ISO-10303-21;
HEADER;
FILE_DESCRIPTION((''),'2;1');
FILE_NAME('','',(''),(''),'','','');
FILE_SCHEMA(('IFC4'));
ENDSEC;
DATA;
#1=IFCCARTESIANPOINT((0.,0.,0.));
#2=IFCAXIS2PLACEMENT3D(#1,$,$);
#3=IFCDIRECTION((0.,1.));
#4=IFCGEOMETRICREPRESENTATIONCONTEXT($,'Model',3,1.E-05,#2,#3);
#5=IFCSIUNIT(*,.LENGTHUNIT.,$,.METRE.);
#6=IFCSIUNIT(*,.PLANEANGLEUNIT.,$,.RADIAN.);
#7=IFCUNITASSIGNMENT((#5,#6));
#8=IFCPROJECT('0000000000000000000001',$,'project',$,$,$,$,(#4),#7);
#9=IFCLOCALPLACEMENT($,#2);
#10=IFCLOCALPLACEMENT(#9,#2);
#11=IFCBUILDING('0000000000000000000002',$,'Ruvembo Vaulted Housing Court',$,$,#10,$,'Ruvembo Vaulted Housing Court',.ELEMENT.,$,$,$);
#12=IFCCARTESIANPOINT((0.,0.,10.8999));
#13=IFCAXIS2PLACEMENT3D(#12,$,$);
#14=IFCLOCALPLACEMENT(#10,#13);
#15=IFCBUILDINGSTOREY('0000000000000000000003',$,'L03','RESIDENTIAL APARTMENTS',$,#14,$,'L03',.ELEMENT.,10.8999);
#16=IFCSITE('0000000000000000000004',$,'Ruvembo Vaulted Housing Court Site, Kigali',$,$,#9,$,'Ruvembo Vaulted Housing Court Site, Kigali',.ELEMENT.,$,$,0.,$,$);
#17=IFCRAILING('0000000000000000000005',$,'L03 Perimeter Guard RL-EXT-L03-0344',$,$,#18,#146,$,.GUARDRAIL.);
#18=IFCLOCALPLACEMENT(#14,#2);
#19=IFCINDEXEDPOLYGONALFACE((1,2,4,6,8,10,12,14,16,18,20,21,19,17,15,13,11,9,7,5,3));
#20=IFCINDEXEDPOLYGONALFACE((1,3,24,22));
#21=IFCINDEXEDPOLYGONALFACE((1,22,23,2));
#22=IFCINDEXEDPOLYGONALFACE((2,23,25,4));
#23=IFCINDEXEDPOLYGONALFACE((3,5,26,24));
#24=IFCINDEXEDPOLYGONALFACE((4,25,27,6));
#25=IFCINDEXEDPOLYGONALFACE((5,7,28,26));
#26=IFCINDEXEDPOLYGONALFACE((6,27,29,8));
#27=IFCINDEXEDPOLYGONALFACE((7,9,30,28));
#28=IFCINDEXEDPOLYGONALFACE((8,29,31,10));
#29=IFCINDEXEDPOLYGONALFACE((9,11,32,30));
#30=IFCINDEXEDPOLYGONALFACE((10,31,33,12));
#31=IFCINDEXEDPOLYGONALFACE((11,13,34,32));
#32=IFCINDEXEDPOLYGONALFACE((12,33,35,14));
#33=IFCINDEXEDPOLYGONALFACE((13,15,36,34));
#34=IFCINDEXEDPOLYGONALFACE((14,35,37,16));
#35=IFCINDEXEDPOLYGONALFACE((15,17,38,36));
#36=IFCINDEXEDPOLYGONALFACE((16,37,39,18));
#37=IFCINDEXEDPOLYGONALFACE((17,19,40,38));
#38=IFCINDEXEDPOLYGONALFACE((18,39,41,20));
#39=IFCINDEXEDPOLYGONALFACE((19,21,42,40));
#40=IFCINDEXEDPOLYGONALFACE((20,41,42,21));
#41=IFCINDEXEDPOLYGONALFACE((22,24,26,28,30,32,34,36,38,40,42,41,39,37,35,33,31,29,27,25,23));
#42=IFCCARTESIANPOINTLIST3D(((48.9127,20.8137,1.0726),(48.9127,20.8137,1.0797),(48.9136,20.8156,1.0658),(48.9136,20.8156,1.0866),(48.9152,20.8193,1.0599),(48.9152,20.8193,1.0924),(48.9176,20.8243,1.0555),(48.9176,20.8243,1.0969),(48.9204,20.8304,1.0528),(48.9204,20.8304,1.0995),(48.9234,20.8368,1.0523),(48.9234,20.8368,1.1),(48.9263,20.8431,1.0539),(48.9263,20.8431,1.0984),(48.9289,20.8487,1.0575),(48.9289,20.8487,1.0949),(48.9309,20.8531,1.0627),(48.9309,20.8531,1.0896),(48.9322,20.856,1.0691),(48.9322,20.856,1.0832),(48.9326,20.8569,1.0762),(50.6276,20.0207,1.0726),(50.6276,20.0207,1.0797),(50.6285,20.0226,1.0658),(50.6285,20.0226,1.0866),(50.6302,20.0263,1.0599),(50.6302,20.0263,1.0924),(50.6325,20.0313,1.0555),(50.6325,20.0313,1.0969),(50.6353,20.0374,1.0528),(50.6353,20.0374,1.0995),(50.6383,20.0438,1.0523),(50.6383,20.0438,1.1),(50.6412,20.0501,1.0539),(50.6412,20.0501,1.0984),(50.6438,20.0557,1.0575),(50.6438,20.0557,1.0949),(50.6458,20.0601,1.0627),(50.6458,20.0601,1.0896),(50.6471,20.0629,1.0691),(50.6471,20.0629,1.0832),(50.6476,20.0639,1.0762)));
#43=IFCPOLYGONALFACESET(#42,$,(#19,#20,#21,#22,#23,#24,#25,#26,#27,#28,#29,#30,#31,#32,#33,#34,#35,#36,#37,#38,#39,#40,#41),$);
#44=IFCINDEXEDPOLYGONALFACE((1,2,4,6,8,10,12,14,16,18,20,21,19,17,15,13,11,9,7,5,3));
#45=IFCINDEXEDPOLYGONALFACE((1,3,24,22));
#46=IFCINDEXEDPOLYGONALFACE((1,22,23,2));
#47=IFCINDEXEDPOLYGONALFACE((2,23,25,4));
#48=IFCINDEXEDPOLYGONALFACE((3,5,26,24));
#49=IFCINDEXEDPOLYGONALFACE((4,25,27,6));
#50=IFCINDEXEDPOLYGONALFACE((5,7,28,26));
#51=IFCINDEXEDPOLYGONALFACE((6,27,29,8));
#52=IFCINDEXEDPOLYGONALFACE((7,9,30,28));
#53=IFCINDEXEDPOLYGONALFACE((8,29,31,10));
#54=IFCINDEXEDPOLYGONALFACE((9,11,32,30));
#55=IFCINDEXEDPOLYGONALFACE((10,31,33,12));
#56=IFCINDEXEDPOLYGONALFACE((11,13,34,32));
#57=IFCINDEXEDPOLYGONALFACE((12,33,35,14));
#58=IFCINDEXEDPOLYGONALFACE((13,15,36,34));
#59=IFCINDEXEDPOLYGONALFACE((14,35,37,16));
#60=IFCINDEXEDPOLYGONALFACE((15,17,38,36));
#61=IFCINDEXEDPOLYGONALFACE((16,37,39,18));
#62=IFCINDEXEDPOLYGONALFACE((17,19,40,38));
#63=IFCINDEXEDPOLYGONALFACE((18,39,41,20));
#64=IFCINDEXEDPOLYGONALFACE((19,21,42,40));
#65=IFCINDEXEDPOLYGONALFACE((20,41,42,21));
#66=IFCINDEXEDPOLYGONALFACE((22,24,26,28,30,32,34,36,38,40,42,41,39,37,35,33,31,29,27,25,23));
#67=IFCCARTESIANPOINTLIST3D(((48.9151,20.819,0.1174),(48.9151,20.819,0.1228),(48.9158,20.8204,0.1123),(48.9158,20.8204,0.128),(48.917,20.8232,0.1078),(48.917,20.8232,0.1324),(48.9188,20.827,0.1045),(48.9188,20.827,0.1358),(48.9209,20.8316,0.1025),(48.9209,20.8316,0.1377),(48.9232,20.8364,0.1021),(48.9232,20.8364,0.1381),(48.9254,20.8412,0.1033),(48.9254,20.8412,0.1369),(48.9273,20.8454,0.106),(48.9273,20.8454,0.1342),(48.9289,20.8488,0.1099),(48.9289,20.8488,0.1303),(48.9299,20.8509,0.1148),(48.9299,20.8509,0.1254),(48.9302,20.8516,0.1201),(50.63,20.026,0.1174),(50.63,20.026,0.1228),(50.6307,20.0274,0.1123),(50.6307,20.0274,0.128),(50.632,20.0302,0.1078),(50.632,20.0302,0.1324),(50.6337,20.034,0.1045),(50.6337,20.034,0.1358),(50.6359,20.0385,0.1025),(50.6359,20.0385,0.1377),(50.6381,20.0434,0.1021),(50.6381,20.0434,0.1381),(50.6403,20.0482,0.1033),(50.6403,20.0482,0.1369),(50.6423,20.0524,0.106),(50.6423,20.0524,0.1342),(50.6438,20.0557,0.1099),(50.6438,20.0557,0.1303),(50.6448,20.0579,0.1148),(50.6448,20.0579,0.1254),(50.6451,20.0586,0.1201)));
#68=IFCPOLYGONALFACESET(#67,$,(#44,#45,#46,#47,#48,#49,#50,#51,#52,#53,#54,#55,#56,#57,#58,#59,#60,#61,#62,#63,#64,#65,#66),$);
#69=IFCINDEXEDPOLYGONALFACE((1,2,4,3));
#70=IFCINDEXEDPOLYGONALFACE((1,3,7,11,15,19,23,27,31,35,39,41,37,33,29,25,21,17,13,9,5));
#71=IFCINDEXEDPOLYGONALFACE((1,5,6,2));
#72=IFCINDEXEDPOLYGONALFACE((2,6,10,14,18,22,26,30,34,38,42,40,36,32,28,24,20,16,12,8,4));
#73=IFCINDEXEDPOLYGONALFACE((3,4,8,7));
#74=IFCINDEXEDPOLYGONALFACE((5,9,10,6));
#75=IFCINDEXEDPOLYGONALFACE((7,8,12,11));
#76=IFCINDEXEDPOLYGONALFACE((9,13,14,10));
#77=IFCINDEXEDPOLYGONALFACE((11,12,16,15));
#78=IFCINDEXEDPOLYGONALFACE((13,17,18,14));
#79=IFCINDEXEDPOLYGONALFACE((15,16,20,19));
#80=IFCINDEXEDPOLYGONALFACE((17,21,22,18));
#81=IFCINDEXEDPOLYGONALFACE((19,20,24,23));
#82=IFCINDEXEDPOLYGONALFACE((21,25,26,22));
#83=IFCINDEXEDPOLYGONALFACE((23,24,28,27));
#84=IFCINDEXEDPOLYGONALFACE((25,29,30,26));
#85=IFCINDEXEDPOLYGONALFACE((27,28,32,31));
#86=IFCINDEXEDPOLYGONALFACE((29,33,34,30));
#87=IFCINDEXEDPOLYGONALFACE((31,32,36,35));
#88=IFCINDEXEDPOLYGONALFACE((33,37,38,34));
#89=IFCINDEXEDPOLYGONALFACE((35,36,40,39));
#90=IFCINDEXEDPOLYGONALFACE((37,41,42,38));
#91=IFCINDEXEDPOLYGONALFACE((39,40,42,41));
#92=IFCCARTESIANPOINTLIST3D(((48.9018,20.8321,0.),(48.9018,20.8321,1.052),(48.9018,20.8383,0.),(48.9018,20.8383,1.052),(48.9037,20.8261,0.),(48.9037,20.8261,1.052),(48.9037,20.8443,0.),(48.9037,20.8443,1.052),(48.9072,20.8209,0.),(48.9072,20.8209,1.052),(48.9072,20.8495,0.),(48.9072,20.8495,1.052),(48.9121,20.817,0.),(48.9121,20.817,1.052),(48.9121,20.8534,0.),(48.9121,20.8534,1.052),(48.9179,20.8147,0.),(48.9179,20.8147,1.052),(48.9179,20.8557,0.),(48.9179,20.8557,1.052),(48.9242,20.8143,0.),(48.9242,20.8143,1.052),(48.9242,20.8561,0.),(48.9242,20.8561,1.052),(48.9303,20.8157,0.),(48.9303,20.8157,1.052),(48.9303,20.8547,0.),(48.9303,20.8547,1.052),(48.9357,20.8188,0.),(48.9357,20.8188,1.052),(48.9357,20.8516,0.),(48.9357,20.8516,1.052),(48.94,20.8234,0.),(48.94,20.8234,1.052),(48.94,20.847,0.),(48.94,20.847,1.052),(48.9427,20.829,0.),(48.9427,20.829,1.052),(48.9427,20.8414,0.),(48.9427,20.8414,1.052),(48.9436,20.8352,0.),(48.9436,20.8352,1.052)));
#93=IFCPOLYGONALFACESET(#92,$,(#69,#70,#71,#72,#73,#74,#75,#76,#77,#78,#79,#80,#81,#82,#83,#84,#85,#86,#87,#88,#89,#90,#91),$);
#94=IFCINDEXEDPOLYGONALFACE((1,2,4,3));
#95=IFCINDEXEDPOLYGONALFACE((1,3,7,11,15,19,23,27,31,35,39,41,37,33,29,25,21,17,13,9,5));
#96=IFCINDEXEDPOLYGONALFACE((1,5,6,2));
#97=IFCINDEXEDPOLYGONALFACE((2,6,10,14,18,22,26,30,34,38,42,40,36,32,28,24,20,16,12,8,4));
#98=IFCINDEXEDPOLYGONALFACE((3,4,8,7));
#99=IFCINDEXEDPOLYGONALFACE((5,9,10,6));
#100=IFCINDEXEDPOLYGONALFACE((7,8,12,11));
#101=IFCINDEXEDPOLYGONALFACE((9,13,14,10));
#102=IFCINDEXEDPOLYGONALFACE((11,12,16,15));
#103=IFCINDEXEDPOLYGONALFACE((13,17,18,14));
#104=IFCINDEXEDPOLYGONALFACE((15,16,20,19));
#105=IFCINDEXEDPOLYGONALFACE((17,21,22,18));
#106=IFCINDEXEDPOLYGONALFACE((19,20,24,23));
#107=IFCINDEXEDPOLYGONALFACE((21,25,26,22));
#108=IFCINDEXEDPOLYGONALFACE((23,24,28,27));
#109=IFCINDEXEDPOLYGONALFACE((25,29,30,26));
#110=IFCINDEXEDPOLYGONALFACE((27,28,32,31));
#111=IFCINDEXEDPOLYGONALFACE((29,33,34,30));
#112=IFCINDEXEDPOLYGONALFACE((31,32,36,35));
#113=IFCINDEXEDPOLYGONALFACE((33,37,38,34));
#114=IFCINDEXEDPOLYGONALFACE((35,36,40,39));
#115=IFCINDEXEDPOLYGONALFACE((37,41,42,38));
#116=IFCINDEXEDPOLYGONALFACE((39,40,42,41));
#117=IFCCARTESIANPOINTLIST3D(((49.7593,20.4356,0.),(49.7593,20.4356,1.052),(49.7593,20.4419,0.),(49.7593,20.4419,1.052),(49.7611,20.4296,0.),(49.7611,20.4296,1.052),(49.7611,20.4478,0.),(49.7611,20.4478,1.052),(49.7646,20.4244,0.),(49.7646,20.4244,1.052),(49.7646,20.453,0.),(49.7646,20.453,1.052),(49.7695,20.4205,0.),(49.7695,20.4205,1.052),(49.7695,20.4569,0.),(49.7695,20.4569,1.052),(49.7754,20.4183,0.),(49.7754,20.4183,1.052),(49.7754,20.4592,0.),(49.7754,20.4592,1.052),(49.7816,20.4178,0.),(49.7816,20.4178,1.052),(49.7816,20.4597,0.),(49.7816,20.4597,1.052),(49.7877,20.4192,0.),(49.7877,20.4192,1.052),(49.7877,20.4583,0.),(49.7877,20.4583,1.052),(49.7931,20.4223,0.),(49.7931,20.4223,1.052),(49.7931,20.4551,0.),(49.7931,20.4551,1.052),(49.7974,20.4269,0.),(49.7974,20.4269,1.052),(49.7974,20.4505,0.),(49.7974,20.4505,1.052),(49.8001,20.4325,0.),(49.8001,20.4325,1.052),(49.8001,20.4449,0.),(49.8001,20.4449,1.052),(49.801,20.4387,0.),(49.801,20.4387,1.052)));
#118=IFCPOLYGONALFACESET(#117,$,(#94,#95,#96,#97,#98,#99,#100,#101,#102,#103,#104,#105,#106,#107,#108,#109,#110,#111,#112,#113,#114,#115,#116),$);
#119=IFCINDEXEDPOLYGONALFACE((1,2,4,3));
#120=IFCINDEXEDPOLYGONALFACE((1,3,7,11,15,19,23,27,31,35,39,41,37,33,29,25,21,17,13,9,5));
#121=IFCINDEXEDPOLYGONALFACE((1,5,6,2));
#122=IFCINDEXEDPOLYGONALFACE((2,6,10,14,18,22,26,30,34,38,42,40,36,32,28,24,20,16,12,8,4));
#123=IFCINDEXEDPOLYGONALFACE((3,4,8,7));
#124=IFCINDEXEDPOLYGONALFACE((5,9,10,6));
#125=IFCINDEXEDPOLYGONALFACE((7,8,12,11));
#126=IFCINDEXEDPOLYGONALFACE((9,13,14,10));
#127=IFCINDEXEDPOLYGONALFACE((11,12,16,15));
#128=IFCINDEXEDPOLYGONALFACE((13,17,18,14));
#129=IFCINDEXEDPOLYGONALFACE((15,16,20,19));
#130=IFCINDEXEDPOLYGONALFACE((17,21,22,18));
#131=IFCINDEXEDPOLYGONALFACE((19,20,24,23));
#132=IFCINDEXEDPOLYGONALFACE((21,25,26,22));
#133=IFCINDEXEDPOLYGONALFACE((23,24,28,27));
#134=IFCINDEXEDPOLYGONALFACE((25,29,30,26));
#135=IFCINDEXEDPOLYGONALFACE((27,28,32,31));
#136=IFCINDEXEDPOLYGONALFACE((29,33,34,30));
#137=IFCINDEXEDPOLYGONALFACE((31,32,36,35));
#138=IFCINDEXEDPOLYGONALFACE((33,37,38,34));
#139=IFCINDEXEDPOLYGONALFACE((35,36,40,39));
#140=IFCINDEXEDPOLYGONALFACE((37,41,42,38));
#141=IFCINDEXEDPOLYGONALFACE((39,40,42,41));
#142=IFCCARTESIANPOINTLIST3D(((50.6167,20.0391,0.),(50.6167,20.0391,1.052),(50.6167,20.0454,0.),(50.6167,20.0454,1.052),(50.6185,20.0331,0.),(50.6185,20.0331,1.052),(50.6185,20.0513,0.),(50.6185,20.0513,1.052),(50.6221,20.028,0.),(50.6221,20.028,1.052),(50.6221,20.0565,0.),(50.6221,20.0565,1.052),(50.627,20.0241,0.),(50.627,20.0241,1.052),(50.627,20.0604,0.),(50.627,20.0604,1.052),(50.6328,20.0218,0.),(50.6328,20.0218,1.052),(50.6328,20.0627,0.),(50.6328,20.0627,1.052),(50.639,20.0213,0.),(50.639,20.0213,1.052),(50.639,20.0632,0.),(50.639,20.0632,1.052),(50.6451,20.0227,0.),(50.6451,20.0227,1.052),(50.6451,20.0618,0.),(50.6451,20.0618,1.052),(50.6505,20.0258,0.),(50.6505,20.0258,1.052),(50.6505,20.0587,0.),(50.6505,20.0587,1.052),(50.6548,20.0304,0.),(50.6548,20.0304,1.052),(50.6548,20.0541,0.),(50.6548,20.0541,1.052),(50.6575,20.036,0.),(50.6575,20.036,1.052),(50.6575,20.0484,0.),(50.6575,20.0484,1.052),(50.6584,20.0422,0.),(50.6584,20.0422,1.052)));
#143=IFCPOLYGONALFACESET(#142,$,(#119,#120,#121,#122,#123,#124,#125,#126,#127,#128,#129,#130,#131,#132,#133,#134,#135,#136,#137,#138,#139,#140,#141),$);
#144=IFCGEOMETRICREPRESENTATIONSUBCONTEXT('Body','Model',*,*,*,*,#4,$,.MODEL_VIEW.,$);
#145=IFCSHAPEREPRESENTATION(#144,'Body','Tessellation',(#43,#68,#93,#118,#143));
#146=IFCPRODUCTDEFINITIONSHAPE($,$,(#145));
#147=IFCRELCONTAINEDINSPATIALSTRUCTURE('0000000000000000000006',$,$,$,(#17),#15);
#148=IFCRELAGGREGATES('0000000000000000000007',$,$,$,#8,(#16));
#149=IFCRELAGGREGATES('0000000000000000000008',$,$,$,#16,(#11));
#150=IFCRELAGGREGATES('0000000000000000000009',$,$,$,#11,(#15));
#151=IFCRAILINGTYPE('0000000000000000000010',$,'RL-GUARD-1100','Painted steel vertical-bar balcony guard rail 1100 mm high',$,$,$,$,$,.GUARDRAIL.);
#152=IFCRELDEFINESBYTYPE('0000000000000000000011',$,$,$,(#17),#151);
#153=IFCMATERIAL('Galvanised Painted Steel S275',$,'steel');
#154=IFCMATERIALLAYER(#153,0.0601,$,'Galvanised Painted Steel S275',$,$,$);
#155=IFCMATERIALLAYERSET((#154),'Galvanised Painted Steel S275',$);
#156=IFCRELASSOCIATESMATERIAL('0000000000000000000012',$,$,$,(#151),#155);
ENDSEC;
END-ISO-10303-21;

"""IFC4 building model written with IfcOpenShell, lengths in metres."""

from ifc_helpers import new_model, si_unit, direction, frame, origin, origin_2d, place, context, subcontext, project, spatial, circle, extrude, material, layer, layer_set, type_object, element, save


model = new_model("IFC4")

# Units and contexts
model_context = context("Model", 3, precision=1e-05, world=origin(), true_north=direction((0.0, 1.0)))
body_context = subcontext(model_context, "Body", "Model", "MODEL_VIEW")
ifc_project = project(units=[si_unit("LENGTHUNIT", "METRE"), si_unit("PLANEANGLEUNIT", "RADIAN")], contexts=[model_context])

# Site, building, storey
site_placement = place(None, origin())
site = spatial("IfcSite", under=ifc_project, at=site_placement, Name="Ruvembo Vaulted Housing Court Site, Kigali", LongName="Ruvembo Vaulted Housing Court Site, Kigali", CompositionType="ELEMENT", RefElevation=0.0)
building_placement = place(site_placement, origin())
building = spatial("IfcBuilding", under=site, at=building_placement, Name="Ruvembo Vaulted Housing Court", LongName="Ruvembo Vaulted Housing Court", CompositionType="ELEMENT")
storey_placement = place(building_placement, frame((0.0, 0.0, 10.8999)))
storey = spatial("IfcBuildingStorey", under=building, at=storey_placement, Name="L03", Description="RESIDENTIAL APARTMENTS", LongName="L03", CompositionType="ELEMENT", Elevation=10.8999)

# Railing
ifc_material_1 = material(Name="Galvanised Painted Steel S275", Category="steel")
ifc_layer_1 = layer(ifc_material_1, 0.0601, Name="Galvanised Painted Steel S275")
ifc_layer_set_1 = layer_set([ifc_layer_1], Name="Galvanised Painted Steel S275")
railing_type_1 = type_object("IfcRailingType", Name="RL-GUARD-1100", Description="Painted steel vertical-bar balcony guard rail 1100 mm high", PredefinedType="GUARDRAIL", material=ifc_layer_set_1)
railing_1_placement = place(storey_placement, frame((48.9226, 20.8352, 0.0)))
element("IfcRailing", 1, at=railing_1_placement, inside=storey, type_object=railing_type_1, Name="L03 Perimeter Guard RL-EXT-L03-0344", PredefinedType="GUARDRAIL", context=body_context, shape_type="SweptSolid", body=[
    extrude(circle(Radius=0.0239, at=origin_2d()), frame((0.0, 0.0, 1.0762), z_axis=(0.907657, -0.419714, 0.0), x_axis=(0.419714, 0.907657, 0.0)), (0.0, 0.0, 1.0), 1.8894),
    extrude(circle(Radius=0.0181, at=origin_2d()), frame((0.0, 0.0, 0.1201), z_axis=(0.907657, -0.419714, 0.0), x_axis=(0.419714, 0.907657, 0.0)), (0.0, 0.0, 1.0), 1.8894),
    extrude(circle(Radius=0.021, at=origin_2d()), origin(), (0.0, 0.0, 1.0), 1.052),
    extrude(circle(Radius=0.021, at=origin_2d()), frame((0.8574, -0.3965, 0.0)), (0.0, 0.0, 1.0), 1.052),
    extrude(circle(Radius=0.021, at=origin_2d()), frame((1.7148, -0.793, 0.0)), (0.0, 0.0, 1.0), 1.052),
])

save(model, "model.ifc")
